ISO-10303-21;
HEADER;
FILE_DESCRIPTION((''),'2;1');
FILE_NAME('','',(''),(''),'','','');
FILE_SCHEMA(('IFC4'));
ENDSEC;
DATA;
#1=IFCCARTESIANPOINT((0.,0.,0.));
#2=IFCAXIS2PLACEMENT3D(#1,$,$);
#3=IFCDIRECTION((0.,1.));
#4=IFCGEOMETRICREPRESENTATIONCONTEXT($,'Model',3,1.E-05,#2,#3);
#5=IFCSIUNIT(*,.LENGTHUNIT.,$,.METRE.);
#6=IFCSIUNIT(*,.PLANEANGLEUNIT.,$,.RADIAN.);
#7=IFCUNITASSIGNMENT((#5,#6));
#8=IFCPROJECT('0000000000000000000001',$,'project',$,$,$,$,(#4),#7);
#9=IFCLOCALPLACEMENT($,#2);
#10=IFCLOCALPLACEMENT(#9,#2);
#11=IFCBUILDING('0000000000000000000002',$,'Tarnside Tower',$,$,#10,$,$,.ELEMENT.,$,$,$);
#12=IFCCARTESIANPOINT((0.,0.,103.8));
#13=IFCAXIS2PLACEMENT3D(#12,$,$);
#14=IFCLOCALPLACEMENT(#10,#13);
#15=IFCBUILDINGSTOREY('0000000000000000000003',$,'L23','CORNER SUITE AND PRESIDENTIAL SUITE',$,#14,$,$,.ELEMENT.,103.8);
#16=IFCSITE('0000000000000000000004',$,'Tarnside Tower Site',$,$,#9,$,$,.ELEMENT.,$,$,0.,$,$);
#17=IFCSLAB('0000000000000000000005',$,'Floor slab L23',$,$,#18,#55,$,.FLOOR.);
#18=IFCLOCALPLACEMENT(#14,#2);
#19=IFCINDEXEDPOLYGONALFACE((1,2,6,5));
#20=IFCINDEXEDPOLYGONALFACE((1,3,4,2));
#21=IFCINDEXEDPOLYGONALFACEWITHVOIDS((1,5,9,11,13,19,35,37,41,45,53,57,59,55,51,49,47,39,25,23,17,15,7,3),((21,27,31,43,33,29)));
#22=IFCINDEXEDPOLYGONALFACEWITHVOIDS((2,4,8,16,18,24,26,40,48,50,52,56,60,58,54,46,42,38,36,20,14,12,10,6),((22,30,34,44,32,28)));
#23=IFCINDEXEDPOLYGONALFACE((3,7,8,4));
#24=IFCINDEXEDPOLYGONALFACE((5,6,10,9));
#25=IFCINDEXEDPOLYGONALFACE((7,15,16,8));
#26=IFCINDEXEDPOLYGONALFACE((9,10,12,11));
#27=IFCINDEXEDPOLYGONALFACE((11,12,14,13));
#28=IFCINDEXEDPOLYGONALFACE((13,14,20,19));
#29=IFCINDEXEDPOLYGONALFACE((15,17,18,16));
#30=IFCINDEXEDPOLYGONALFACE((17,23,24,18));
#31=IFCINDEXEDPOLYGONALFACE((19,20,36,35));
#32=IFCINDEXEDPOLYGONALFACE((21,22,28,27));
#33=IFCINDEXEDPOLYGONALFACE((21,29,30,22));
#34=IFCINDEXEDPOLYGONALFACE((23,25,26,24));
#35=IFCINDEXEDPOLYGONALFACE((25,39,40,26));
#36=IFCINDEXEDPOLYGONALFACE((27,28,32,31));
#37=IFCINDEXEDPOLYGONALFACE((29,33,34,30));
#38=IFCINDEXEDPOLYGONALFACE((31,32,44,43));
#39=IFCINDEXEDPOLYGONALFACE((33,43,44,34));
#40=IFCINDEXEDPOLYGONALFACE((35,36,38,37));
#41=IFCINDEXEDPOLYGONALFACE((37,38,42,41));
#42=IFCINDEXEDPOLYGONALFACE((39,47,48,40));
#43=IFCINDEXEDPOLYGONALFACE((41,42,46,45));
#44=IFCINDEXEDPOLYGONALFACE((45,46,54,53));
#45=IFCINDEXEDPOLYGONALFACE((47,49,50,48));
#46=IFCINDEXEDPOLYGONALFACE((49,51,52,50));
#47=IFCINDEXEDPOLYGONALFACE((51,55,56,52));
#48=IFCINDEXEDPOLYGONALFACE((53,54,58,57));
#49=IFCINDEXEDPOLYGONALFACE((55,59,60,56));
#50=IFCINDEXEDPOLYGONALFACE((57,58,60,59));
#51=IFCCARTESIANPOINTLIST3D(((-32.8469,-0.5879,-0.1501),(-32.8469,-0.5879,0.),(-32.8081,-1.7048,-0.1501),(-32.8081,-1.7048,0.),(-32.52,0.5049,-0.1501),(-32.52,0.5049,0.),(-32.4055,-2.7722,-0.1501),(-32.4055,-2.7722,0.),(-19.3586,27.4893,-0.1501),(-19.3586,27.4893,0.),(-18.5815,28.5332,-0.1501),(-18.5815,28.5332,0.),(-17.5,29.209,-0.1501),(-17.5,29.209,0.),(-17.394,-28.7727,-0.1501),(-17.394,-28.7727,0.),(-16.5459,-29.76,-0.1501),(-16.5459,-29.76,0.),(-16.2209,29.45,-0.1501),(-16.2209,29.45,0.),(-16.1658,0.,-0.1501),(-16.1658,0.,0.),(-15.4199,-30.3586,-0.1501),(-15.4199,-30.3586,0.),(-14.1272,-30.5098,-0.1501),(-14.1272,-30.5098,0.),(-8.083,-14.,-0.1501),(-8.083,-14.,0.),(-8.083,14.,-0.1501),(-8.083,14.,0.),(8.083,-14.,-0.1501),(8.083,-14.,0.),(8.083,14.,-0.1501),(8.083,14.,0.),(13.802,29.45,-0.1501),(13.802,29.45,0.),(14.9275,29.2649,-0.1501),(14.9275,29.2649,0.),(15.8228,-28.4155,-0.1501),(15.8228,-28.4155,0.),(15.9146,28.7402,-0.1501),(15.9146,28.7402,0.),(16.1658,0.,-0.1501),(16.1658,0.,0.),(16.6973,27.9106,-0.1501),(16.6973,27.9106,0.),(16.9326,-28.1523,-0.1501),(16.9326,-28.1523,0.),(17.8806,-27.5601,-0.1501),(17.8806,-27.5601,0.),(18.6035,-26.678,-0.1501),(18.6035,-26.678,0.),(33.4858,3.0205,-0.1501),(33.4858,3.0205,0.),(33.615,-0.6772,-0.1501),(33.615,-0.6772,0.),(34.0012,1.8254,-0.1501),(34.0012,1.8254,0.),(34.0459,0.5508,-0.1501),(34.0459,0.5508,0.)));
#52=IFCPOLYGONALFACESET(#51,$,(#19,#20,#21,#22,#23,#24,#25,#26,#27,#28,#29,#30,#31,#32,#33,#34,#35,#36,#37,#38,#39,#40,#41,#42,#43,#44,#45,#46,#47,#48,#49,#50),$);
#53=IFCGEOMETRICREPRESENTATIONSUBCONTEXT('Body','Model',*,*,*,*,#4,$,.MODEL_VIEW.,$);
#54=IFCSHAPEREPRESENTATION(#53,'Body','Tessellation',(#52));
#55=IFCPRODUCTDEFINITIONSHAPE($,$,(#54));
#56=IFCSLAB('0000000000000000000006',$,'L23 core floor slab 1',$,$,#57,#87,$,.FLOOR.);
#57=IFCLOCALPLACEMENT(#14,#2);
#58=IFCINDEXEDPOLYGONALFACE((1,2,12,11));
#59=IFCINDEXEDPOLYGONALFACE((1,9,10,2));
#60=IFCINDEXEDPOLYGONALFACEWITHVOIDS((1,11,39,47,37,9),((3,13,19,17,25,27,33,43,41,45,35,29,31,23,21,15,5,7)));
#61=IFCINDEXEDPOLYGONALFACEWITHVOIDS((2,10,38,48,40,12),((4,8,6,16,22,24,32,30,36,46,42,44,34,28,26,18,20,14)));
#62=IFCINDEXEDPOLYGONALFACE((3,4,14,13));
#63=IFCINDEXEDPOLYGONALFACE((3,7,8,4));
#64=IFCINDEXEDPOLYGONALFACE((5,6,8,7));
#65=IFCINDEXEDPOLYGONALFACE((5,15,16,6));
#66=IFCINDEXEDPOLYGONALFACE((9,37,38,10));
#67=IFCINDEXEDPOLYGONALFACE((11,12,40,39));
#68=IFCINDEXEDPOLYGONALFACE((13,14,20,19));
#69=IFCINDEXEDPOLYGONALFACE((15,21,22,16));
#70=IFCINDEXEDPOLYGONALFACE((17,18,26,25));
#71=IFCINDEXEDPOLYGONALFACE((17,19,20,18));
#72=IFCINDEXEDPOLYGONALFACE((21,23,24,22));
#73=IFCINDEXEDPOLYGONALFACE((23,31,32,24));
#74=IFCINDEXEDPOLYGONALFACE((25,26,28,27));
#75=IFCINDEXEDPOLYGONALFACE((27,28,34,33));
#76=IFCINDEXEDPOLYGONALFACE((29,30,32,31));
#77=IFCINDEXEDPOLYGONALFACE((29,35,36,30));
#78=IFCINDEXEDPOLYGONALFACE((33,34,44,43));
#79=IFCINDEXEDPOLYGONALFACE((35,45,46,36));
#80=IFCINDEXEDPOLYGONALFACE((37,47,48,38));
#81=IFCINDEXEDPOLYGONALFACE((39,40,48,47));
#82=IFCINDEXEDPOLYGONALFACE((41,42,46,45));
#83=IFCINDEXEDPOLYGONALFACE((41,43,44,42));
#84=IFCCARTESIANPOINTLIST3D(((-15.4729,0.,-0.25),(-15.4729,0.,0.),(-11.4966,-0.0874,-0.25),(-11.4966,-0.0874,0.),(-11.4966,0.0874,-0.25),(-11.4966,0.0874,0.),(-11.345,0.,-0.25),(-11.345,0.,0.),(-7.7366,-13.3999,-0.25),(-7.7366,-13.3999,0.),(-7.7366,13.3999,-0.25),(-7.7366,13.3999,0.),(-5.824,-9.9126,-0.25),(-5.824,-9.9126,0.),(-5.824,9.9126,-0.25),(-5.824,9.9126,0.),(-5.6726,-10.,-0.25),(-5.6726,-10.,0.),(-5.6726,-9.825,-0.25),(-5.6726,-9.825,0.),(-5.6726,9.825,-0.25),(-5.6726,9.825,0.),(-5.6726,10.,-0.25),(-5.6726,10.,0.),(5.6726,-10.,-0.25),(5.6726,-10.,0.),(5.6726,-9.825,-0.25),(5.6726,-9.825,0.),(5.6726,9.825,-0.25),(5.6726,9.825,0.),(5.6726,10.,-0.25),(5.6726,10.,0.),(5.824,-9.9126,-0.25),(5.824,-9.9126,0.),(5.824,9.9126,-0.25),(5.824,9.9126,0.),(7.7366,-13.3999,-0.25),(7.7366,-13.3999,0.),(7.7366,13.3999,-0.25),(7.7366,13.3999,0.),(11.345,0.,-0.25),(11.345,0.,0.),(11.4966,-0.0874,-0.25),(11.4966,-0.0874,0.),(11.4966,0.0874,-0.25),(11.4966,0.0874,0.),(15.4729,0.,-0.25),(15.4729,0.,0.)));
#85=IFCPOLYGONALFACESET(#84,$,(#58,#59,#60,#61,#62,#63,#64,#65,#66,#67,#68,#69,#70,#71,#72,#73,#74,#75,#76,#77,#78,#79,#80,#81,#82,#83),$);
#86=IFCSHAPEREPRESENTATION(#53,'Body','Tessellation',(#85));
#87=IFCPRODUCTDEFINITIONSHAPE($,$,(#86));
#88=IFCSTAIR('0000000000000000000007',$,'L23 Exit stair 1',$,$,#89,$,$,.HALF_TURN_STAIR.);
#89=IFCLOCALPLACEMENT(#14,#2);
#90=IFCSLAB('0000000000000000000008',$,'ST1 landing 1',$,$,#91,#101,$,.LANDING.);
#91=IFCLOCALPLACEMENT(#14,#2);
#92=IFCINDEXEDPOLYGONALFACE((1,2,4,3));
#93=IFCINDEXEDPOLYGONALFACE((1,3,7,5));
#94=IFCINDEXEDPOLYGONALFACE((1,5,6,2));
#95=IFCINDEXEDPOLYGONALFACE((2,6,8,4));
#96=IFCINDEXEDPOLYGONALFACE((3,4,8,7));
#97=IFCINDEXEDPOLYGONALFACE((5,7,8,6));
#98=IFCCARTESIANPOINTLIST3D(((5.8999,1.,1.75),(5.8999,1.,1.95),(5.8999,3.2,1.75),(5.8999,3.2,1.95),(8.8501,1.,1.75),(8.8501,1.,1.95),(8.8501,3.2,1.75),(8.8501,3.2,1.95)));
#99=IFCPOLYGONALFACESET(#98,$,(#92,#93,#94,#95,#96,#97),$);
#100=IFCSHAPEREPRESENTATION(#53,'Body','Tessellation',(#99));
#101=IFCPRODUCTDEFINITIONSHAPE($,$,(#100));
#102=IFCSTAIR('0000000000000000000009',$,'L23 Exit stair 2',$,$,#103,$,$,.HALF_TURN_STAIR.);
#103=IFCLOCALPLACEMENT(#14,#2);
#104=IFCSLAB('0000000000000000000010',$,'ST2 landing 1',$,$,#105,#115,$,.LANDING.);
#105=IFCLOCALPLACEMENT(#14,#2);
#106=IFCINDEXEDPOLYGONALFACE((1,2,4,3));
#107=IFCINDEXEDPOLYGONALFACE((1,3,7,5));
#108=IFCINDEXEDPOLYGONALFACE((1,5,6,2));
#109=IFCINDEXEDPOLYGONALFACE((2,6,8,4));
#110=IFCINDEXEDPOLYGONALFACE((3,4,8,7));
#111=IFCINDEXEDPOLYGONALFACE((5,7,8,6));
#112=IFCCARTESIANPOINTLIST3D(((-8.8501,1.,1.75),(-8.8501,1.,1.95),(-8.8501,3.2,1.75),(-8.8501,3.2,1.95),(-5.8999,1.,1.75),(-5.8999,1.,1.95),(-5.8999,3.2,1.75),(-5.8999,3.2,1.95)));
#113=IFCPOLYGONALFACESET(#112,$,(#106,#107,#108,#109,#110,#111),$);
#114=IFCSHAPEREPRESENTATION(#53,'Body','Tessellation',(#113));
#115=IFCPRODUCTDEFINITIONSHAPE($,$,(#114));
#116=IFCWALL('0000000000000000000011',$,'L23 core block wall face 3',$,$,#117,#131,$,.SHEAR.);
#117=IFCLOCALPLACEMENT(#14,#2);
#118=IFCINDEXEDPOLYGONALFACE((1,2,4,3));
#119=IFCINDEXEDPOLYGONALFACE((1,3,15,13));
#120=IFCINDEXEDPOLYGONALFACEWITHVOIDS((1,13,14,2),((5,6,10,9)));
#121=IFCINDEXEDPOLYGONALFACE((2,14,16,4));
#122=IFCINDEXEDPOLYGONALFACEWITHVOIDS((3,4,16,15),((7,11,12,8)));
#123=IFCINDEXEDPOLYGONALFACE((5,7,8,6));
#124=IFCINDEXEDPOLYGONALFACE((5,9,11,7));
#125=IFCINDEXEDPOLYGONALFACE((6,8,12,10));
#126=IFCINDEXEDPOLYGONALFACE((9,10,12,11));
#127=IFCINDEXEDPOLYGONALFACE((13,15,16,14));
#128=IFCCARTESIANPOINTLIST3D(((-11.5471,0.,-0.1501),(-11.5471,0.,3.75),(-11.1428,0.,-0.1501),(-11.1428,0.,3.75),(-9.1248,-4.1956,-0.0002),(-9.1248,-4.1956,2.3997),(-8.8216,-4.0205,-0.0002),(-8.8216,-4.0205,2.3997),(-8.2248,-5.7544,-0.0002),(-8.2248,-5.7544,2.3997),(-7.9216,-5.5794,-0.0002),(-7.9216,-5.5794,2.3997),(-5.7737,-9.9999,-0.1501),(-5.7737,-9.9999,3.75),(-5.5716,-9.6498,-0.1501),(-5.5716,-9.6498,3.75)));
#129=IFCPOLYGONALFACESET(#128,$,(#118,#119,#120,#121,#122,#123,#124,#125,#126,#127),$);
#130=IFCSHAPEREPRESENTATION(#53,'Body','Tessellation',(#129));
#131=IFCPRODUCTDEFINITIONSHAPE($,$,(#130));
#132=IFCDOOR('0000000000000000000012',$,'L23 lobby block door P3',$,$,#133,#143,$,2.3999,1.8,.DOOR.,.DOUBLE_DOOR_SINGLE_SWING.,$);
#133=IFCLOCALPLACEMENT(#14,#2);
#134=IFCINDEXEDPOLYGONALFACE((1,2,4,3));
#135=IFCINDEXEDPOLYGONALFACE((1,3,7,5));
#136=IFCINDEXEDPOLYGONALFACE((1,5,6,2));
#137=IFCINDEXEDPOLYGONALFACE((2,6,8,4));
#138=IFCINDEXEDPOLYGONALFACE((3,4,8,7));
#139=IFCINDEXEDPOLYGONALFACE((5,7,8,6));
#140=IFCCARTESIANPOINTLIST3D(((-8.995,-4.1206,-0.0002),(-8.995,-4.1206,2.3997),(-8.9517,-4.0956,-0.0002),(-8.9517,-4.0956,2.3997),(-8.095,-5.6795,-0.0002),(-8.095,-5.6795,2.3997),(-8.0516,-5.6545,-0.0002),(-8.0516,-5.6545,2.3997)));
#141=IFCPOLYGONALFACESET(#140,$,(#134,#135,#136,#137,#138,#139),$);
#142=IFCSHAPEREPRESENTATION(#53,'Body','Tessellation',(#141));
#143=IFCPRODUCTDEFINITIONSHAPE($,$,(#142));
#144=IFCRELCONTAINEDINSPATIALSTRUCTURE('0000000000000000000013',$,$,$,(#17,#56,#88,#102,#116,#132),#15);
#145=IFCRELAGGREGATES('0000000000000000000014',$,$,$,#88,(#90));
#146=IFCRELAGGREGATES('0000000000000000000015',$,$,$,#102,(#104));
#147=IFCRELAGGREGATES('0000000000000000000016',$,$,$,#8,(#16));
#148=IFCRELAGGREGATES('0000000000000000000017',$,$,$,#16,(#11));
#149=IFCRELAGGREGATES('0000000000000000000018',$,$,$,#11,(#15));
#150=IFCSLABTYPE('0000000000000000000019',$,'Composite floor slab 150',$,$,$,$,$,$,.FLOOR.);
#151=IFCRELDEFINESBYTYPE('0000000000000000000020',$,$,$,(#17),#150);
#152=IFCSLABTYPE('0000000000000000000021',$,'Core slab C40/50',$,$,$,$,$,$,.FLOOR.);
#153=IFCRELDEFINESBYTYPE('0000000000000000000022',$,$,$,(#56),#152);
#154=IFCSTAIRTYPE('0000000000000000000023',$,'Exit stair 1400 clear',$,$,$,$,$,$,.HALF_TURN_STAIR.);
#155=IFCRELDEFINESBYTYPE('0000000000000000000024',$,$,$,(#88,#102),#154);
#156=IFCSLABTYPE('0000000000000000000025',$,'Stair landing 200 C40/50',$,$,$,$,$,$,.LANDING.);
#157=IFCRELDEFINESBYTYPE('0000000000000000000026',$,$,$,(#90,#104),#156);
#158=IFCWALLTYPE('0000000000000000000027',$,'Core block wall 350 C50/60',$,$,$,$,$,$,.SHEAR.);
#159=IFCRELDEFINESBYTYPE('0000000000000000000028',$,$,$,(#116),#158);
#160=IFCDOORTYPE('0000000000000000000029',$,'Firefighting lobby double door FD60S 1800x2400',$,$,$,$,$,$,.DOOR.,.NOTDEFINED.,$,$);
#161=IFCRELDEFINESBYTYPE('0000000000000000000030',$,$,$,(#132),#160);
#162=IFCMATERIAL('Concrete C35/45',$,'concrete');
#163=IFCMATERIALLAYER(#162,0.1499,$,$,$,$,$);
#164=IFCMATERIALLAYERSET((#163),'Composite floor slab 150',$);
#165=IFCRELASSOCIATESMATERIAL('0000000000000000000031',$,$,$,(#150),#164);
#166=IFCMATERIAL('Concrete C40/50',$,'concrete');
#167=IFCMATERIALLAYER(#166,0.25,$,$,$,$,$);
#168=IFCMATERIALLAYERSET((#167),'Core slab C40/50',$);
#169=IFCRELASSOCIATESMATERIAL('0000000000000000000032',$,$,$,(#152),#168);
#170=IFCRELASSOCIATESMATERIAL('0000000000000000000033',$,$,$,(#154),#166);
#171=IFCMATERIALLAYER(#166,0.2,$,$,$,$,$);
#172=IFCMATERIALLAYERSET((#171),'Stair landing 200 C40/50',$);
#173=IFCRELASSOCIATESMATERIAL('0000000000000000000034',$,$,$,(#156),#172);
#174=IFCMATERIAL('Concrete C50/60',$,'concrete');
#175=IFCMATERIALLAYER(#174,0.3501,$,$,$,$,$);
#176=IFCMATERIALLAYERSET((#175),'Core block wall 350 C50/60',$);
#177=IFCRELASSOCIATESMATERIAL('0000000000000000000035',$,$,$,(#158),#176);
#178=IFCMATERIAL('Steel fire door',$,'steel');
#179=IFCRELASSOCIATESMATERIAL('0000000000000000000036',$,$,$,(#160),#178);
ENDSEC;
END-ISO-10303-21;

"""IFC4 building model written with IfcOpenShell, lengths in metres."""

from ifc_helpers import new_model, si_unit, direction, frame, frame_2d, origin, place, context, subcontext, project, spatial, polyline, rectangle, outline, extrude, material, layer, layer_set, type_object, element, fill, aggregate, save


model = new_model("IFC4")

# Units and contexts
model_context = context("Model", 3, precision=1e-05, world=origin(), true_north=direction((0.0, 1.0)))
body_context = subcontext(model_context, "Body", "Model", "MODEL_VIEW")
ifc_project = project(units=[si_unit("LENGTHUNIT", "METRE"), si_unit("PLANEANGLEUNIT", "RADIAN")], contexts=[model_context])

# Site, building, storey
site_placement = place(None, origin())
site = spatial("IfcSite", under=ifc_project, at=site_placement, Name="Tarnside Tower Site", CompositionType="ELEMENT", RefElevation=0.0)
building_placement = place(site_placement, origin())
building = spatial("IfcBuilding", under=site, at=building_placement, Name="Tarnside Tower", CompositionType="ELEMENT")
storey_placement = place(building_placement, frame((0.0, 0.0, 103.8)))
storey = spatial("IfcBuildingStorey", under=building, at=storey_placement, Name="L23", Description="CORNER SUITE AND PRESIDENTIAL SUITE", CompositionType="ELEMENT", Elevation=103.8)

# Slabs
ifc_material_1 = material(Name="Concrete C35/45", Category="concrete")
ifc_layer_1 = layer(ifc_material_1, 0.1499)
ifc_layer_set_1 = layer_set([ifc_layer_1], Name="Composite floor slab 150")
slab_type_1 = type_object("IfcSlabType", Name="Composite floor slab 150", PredefinedType="FLOOR", material=ifc_layer_set_1)
slab_1_placement = place(storey_placement, frame((0.0, 0.0, -0.1501)))
element("IfcSlab", 1, at=slab_1_placement, inside=storey, type_object=slab_type_1, Name="Floor slab L23", PredefinedType="FLOOR", context=body_context, shape_type="SweptSolid", body=[
    extrude(outline(polyline([(14.9275, 29.2649), (15.9146, 28.7402), (16.6973, 27.9106), (33.4858, 3.0205), (34.0012, 1.8254), (34.0459, 0.5508), (33.615, -0.6772), (18.6035, -26.678), (17.8806, -27.5601), (16.9326, -28.1523), (15.8228, -28.4155), (-14.1272, -30.5098), (-15.4199, -30.3586), (-16.5459, -29.76), (-17.394, -28.7727), (-32.4055, -2.7722), (-32.8081, -1.7048), (-32.8469, -0.5879), (-32.52, 0.5049), (-19.3586, 27.4893), (-18.5815, 28.5332), (-17.5, 29.209), (-16.2209, 29.45), (13.802, 29.45), (14.9275, 29.2649)]), holes=[polyline([(-16.1658, 0.0), (-8.083, -14.0), (8.083, -14.0), (16.1658, 0.0), (8.083, 14.0), (-8.083, 14.0), (-16.1658, 0.0)])]), origin(), (0.0, 0.0, 1.0), 0.1501),
])
ifc_material_2 = material(Name="Concrete C40/50", Category="concrete")
ifc_layer_2 = layer(ifc_material_2, 0.25)
ifc_layer_set_2 = layer_set([ifc_layer_2], Name="Core slab C40/50")
slab_type_2 = type_object("IfcSlabType", Name="Core slab C40/50", PredefinedType="FLOOR", material=ifc_layer_set_2)
slab_2_placement = place(storey_placement, frame((0.0, 0.0, -0.25)))
element("IfcSlab", 2, at=slab_2_placement, inside=storey, type_object=slab_type_2, Name="L23 core floor slab 1", PredefinedType="FLOOR", context=body_context, shape_type="SweptSolid", body=[
    extrude(outline(polyline([(-15.4729, 0.0), (-7.7366, 13.3999), (7.7366, 13.3999), (15.4729, 0.0), (7.7366, -13.3999), (-7.7366, -13.3999), (-15.4729, 0.0)]), holes=[polyline([(5.824, -9.9126), (11.4966, -0.0874), (11.345, 0.0), (11.4966, 0.0874), (5.824, 9.9126), (5.6726, 9.825), (5.6726, 10.0), (-5.6726, 10.0), (-5.6726, 9.825), (-5.824, 9.9126), (-11.4966, 0.0874), (-11.345, 0.0), (-11.4966, -0.0874), (-5.824, -9.9126), (-5.6726, -9.825), (-5.6726, -10.0), (5.6726, -10.0), (5.6726, -9.825), (5.824, -9.9126)])]), origin(), (0.0, 0.0, 1.0), 0.25),
])

# Stairs, slabs
stair_type = type_object("IfcStairType", Name="Exit stair 1400 clear", PredefinedType="HALF_TURN_STAIR", material=ifc_material_2)
stair_1_placement = place(storey_placement, origin())
stair_1 = element("IfcStair", 3, at=stair_1_placement, inside=storey, type_object=stair_type, Name="L23 Exit stair 1", PredefinedType="HALF_TURN_STAIR")
ifc_layer_3 = layer(ifc_material_2, 0.2)
ifc_layer_set_3 = layer_set([ifc_layer_3], Name="Stair landing 200 C40/50")
slab_type_3 = type_object("IfcSlabType", Name="Stair landing 200 C40/50", PredefinedType="LANDING", material=ifc_layer_set_3)
slab_3_placement = place(storey_placement, frame((0.0, 0.0, 1.75)))
slab_3 = element("IfcSlab", 4, at=slab_3_placement, type_object=slab_type_3, Name="ST1 landing 1", PredefinedType="LANDING", context=body_context, shape_type="SweptSolid", body=[
    extrude(outline(polyline([(8.8501, 1.0), (8.8501, 3.2), (5.8999, 3.2), (5.8999, 1.0), (8.8501, 1.0)])), origin(), (0.0, 0.0, 1.0), 0.2),
])
aggregate(stair_1, [slab_3])
stair_2_placement = place(storey_placement, origin())
stair_2 = element("IfcStair", 5, at=stair_2_placement, inside=storey, type_object=stair_type, Name="L23 Exit stair 2", PredefinedType="HALF_TURN_STAIR")
slab_4_placement = place(storey_placement, frame((0.0, 0.0, 1.75)))
slab_4 = element("IfcSlab", 6, at=slab_4_placement, type_object=slab_type_3, Name="ST2 landing 1", PredefinedType="LANDING", context=body_context, shape_type="SweptSolid", body=[
    extrude(outline(polyline([(-5.8999, 1.0), (-5.8999, 3.2), (-8.8501, 3.2), (-8.8501, 1.0), (-5.8999, 1.0)])), origin(), (0.0, 0.0, 1.0), 0.2),
])

# Wall, opening, door
ifc_material_3 = material(Name="Concrete C50/60", Category="concrete")
ifc_layer_4 = layer(ifc_material_3, 0.3501)
ifc_layer_set_4 = layer_set([ifc_layer_4], Name="Core block wall 350 C50/60")
wall_type_1 = type_object("IfcWallType", Name="Core block wall 350 C50/60", PredefinedType="SHEAR", material=ifc_layer_set_4)
wall_1_placement = place(storey_placement, frame((-11.345, 0.0, -0.1501), z_axis=(0.0, 0.0, 1.0), x_axis=(0.499995, -0.866028, 0.0)))
wall_1 = element("IfcWall", 7, at=wall_1_placement, inside=storey, type_object=wall_type_1, Name="L23 core block wall face 3", PredefinedType="SHEAR", context=body_context, shape_type="SweptSolid", body=[
    extrude(outline(polyline([(-0.1011, -0.175), (11.4458, -0.175), (11.2437, 0.175), (0.1011, 0.175), (-0.1011, -0.175)])), origin(), (0.0, 0.0, 1.0), 3.9001),
])
opening_1_placement = place(wall_1_placement, frame((4.7437, 0.0, 0.1499)))
opening_1 = element("IfcOpeningElement", 8, at=opening_1_placement, cuts=wall_1, PredefinedType="OPENING", context=body_context, shape_type="SweptSolid", body=[
    extrude(rectangle(XDim=1.8, YDim=2.3999, at=frame_2d((0.8999, 1.2))), frame((0.0, 0.1851, 0.0), z_axis=(0.0, -1.0, 0.0), x_axis=(1.0, 0.0, 0.0)), (0.0, 0.0, 1.0), 0.3701),
])
ifc_material_4 = material(Name="Steel fire door", Category="steel")
door_type_1 = type_object("IfcDoorType", Name="Firefighting lobby double door FD60S 1800x2400", OperationType="NOTDEFINED", PredefinedType="DOOR", material=ifc_material_4)
door_1_placement = place(opening_1_placement, origin())
door_1 = element("IfcDoor", 9, at=door_1_placement, inside=storey, type_object=door_type_1, Name="L23 lobby block door P3", OperationType="DOUBLE_DOOR_SINGLE_SWING", OverallHeight=2.3999, OverallWidth=1.8, PredefinedType="DOOR", context=body_context, shape_type="SweptSolid", body=[
    extrude(rectangle(XDim=1.8, YDim=2.3999, at=frame_2d((0.8999, 1.2))), frame((0.0, 0.0249, 0.0), z_axis=(0.0, -1.0, 0.0), x_axis=(1.0, 0.0, 0.0)), (0.0, 0.0, 1.0), 0.05),
])
fill(opening_1, door_1)

aggregate(stair_2, [slab_4])

save(model, "model.ifc")
